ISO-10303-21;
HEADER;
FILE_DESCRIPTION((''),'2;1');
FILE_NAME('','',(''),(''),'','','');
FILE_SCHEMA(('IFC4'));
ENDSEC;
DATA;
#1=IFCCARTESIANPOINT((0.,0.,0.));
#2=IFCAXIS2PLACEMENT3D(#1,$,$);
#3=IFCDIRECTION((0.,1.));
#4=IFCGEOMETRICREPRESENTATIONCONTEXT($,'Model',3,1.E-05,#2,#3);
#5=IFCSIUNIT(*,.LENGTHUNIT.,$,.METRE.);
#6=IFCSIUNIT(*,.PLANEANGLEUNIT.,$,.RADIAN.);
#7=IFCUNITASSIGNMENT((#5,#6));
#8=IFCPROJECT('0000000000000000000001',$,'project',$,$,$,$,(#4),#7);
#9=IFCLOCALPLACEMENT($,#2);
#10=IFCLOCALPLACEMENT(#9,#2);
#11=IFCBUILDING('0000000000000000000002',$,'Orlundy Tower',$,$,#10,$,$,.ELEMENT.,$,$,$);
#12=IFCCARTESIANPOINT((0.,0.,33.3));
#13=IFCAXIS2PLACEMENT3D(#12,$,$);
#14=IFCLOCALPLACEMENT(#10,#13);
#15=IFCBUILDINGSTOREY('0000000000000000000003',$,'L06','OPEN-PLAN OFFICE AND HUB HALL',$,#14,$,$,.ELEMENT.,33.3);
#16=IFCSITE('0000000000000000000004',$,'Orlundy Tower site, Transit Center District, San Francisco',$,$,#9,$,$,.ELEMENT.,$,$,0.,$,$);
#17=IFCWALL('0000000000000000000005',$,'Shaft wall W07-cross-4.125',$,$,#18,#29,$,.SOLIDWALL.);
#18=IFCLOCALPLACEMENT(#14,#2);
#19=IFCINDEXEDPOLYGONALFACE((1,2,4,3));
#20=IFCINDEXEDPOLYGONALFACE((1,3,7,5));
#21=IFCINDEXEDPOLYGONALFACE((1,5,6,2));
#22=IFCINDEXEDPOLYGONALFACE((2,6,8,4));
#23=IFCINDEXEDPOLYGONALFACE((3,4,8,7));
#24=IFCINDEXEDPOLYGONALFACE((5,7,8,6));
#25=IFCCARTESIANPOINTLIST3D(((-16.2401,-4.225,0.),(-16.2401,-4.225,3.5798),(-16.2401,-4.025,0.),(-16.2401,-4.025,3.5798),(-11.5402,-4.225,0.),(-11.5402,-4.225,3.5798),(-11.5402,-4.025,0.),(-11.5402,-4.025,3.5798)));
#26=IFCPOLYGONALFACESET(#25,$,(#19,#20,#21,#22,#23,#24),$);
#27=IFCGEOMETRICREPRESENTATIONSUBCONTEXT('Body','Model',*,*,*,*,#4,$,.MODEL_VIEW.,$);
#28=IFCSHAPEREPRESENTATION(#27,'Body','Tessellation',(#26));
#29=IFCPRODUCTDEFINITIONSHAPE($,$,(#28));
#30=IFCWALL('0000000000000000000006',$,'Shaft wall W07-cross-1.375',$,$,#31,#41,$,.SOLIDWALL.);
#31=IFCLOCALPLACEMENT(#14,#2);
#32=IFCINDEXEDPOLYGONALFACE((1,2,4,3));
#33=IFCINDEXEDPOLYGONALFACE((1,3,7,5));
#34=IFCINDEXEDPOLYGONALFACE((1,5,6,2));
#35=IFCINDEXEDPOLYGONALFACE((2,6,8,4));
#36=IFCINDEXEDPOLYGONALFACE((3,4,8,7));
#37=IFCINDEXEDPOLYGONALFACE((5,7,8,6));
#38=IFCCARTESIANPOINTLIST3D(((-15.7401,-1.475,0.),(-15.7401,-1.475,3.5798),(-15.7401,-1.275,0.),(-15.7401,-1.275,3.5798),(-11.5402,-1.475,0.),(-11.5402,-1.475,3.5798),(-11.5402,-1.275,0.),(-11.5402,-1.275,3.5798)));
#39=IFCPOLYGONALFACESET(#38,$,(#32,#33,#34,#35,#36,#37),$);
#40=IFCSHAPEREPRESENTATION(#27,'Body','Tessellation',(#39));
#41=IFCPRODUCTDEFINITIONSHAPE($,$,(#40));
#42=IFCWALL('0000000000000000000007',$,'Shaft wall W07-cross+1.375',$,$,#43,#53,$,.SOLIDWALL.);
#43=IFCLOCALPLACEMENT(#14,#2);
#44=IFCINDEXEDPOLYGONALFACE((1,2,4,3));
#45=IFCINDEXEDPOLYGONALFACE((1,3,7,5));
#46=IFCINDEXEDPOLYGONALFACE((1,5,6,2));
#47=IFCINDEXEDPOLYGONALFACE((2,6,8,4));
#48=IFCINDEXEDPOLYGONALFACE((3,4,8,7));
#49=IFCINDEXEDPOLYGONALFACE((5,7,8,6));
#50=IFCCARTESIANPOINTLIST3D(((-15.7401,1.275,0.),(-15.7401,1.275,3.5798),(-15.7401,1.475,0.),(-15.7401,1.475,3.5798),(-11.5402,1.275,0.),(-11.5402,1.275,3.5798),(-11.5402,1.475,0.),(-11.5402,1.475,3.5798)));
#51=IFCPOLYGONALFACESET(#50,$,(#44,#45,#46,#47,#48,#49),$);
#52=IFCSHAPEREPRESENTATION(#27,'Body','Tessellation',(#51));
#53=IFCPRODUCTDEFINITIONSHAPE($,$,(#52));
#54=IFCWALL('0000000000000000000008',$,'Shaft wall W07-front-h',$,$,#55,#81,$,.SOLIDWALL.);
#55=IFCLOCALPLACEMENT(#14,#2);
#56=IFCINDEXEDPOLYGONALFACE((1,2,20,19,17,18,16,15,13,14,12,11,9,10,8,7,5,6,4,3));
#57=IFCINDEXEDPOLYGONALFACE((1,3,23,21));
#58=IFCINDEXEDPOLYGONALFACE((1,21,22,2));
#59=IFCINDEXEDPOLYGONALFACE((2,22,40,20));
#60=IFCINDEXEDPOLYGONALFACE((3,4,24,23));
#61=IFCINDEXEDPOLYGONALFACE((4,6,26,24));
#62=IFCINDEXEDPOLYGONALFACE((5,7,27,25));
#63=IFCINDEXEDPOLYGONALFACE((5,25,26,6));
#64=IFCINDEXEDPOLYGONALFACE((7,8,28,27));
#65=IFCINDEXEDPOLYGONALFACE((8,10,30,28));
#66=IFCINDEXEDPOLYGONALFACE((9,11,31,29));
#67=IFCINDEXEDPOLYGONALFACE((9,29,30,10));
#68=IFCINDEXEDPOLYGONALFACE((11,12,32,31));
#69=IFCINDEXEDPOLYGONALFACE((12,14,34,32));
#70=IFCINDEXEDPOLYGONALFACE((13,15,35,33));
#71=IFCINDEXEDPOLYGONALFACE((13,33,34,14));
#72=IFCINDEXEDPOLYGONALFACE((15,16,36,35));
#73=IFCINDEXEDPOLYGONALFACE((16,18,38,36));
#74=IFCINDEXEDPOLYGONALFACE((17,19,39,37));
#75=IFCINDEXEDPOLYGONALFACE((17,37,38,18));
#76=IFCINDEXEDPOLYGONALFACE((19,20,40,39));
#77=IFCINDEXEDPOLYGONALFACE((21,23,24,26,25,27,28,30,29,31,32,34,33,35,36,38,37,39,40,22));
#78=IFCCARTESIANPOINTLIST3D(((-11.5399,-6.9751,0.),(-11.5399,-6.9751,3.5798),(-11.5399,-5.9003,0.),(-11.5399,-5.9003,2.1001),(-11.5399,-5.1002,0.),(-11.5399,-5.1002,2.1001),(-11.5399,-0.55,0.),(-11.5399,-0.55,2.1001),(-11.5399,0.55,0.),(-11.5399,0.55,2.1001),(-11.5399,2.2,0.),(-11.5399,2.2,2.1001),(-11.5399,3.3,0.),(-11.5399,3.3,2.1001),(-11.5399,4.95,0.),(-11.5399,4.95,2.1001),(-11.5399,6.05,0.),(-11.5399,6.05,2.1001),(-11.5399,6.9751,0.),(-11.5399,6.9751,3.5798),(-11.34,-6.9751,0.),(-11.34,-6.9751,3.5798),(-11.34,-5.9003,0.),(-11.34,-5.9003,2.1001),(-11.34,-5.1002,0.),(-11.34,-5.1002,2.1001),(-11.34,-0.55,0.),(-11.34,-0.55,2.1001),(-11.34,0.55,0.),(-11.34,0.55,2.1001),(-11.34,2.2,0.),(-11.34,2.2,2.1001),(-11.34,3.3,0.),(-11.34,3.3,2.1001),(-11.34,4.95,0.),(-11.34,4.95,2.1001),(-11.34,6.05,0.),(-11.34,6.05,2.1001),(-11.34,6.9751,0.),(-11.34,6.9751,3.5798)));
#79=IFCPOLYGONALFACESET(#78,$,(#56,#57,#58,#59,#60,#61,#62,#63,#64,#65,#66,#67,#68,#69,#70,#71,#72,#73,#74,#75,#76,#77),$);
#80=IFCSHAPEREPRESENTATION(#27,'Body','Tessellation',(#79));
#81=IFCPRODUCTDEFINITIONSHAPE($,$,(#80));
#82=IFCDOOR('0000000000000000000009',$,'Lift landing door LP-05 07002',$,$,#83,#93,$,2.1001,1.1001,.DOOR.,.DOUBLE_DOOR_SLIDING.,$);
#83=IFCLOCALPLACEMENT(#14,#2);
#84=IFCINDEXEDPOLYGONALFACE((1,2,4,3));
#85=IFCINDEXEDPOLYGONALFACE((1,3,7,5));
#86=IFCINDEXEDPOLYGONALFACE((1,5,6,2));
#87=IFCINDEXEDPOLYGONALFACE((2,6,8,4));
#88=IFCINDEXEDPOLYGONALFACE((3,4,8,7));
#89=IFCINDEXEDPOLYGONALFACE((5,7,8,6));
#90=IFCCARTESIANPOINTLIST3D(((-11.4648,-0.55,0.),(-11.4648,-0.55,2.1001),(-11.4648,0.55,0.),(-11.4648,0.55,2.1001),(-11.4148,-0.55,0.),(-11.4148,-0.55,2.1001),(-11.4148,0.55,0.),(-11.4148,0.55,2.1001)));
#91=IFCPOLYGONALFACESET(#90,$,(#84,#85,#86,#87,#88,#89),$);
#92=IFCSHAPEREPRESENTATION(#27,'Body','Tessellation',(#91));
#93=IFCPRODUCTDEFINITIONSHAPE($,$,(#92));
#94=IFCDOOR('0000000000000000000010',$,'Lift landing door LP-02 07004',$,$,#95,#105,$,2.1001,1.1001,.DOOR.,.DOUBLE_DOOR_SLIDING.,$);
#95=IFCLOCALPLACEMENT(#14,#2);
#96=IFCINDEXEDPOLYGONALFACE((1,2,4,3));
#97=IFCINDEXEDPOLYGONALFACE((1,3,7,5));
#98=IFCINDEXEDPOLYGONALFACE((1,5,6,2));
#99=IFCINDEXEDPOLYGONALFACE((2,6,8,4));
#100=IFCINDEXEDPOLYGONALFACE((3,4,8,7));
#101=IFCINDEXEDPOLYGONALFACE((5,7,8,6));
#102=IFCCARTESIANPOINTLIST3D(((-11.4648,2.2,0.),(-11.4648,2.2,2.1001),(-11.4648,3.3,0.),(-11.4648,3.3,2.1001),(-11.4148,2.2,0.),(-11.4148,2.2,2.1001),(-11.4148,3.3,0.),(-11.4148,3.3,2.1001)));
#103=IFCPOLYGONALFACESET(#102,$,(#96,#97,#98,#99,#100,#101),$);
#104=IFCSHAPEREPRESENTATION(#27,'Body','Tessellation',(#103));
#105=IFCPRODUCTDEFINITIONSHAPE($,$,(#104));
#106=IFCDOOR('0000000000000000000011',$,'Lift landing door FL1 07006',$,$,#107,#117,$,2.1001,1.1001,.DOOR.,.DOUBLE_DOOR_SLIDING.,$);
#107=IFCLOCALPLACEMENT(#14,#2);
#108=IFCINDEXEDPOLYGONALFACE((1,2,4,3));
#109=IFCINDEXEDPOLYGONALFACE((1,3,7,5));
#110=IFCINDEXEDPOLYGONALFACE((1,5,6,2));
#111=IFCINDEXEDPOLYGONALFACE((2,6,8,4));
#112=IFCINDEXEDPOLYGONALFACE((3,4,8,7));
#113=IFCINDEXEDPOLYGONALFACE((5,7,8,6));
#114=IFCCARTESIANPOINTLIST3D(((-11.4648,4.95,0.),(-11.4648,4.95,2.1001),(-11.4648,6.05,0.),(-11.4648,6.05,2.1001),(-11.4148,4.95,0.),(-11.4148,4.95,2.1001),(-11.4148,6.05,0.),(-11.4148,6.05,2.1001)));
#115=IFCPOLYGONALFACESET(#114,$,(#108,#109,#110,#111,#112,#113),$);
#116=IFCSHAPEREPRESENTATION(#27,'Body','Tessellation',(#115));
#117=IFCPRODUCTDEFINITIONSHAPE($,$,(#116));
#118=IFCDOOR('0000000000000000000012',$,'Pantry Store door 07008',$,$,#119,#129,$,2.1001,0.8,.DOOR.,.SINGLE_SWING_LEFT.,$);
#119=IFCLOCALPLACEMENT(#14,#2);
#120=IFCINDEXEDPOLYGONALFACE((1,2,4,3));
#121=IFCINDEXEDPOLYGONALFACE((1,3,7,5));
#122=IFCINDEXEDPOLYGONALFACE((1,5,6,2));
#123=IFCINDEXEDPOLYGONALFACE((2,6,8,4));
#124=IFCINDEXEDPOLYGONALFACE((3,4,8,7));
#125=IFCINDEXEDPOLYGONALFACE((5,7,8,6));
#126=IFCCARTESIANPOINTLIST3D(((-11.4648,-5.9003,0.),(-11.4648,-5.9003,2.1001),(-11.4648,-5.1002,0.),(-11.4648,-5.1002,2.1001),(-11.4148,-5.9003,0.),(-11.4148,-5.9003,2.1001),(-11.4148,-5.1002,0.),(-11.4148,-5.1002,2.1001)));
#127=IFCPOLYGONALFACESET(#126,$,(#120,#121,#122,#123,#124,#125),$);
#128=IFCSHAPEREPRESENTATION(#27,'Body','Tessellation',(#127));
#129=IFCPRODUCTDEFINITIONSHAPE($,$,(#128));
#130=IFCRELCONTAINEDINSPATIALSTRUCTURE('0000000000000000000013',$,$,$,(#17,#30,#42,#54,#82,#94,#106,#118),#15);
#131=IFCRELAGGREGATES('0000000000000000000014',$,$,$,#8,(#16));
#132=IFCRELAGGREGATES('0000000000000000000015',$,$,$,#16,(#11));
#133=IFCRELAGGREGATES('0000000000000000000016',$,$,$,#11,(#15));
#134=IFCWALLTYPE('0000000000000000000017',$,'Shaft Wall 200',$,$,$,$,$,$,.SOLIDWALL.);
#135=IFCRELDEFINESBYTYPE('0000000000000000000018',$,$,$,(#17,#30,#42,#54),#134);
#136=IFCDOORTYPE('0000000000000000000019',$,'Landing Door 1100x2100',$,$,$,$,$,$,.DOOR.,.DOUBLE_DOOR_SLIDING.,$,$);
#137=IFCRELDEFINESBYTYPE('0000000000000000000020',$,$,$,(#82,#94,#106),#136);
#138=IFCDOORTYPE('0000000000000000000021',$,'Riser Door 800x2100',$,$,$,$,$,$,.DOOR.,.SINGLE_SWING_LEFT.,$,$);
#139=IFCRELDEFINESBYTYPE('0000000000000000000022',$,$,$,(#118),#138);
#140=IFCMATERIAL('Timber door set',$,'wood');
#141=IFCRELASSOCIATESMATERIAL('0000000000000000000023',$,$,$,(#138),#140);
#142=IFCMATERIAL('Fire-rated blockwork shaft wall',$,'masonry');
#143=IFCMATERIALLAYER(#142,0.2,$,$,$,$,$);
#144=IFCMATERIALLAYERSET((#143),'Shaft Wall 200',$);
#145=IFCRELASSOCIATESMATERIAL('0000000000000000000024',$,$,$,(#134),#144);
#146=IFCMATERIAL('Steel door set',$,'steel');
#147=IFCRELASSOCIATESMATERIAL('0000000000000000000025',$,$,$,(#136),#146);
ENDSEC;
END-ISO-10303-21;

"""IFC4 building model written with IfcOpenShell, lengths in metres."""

from ifc_helpers import new_model, si_unit, direction, frame, frame_2d, origin, place, context, subcontext, project, spatial, rectangle, extrude, material, layer, layer_set, type_object, element, fill, save


model = new_model("IFC4")

# Units and contexts
model_context = context("Model", 3, precision=1e-05, world=origin(), true_north=direction((0.0, 1.0)))
body_context = subcontext(model_context, "Body", "Model", "MODEL_VIEW")
ifc_project = project(units=[si_unit("LENGTHUNIT", "METRE"), si_unit("PLANEANGLEUNIT", "RADIAN")], contexts=[model_context])

# Site, building, storey
site_placement = place(None, origin())
site = spatial("IfcSite", under=ifc_project, at=site_placement, Name="Orlundy Tower site, Transit Center District, San Francisco", CompositionType="ELEMENT", RefElevation=0.0)
building_placement = place(site_placement, origin())
building = spatial("IfcBuilding", under=site, at=building_placement, Name="Orlundy Tower", CompositionType="ELEMENT")
storey_placement = place(building_placement, frame((0.0, 0.0, 33.3)))
storey = spatial("IfcBuildingStorey", under=building, at=storey_placement, Name="L06", Description="OPEN-PLAN OFFICE AND HUB HALL", CompositionType="ELEMENT", Elevation=33.3)

# Shared definitions
ifc_material_1 = material(Name="Timber door set", Category="wood")
door_type_1 = type_object("IfcDoorType", Name="Riser Door 800x2100", OperationType="SINGLE_SWING_LEFT", PredefinedType="DOOR", material=ifc_material_1)

# Walls
ifc_material_2 = material(Name="Fire-rated blockwork shaft wall", Category="masonry")
ifc_layer_1 = layer(ifc_material_2, 0.2)
ifc_layer_set_1 = layer_set([ifc_layer_1], Name="Shaft Wall 200")
wall_type_1 = type_object("IfcWallType", Name="Shaft Wall 200", PredefinedType="SOLIDWALL", material=ifc_layer_set_1)
wall_1_placement = place(storey_placement, frame((-11.54, -4.125, 0.0), z_axis=(0.0, 0.0, 1.0), x_axis=(-1.0, 0.0, 0.0)))
element("IfcWall", 1, at=wall_1_placement, inside=storey, type_object=wall_type_1, Name="Shaft wall W07-cross-4.125", PredefinedType="SOLIDWALL", context=body_context, shape_type="SweptSolid", body=[
    extrude(rectangle(XDim=4.7, YDim=0.2, at=frame_2d((2.3501, 0.0))), origin(), (0.0, 0.0, 1.0), 3.5798),
])
for number, where, z_axis, x_axis, name in (
    (2, (-11.54, -1.375, 0.0), (0.0, 0.0, 1.0), (-1.0, 0.0, 0.0), "Shaft wall W07-cross-1.375"),
    (3, (-11.54, 1.375, 0.0), (0.0, 0.0, 1.0), (-1.0, 0.0, 0.0), "Shaft wall W07-cross+1.375"),
):
    element("IfcWall", number, at=place(storey_placement, frame(where, z_axis=z_axis, x_axis=x_axis)), inside=storey, type_object=wall_type_1, Name=name, PredefinedType="SOLIDWALL", context=body_context, shape_type="SweptSolid", body=[
        extrude(rectangle(XDim=4.2, YDim=0.2, at=frame_2d((2.1001, 0.0))), origin(), (0.0, 0.0, 1.0), 3.5798),
    ])

# Wall, openings, doors
wall_2_placement = place(storey_placement, frame((-11.4399, -6.9751, 0.0), z_axis=(0.0, 0.0, 1.0), x_axis=(0.0, 1.0, 0.0)))
wall_2 = element("IfcWall", 4, at=wall_2_placement, inside=storey, type_object=wall_type_1, Name="Shaft wall W07-front-h", PredefinedType="SOLIDWALL", context=body_context, shape_type="SweptSolid", body=[
    extrude(rectangle(XDim=13.9502, YDim=0.2, at=frame_2d((6.9751, 0.0))), origin(), (0.0, 0.0, 1.0), 3.5798),
])
opening_1_placement = place(wall_2_placement, frame((6.425, 0.0, 0.0)))
opening_1 = element("IfcOpeningElement", 5, at=opening_1_placement, cuts=wall_2, PredefinedType="OPENING", context=body_context, shape_type="SweptSolid", body=[
    extrude(rectangle(XDim=1.1001, YDim=2.1001, at=frame_2d((0.55, 1.05))), frame((0.0, 0.1101, 0.0), z_axis=(0.0, -1.0, 0.0), x_axis=(1.0, 0.0, 0.0)), (0.0, 0.0, 1.0), 0.2202),
])
opening_2_placement = place(wall_2_placement, frame((9.175, 0.0, 0.0)))
opening_2 = element("IfcOpeningElement", 6, at=opening_2_placement, cuts=wall_2, PredefinedType="OPENING", context=body_context, shape_type="SweptSolid", body=[
    extrude(rectangle(XDim=1.1001, YDim=2.1001, at=frame_2d((0.55, 1.05))), frame((0.0, 0.1101, 0.0), z_axis=(0.0, -1.0, 0.0), x_axis=(1.0, 0.0, 0.0)), (0.0, 0.0, 1.0), 0.2202),
])
opening_3_placement = place(wall_2_placement, frame((11.925, 0.0, 0.0)))
opening_3 = element("IfcOpeningElement", 7, at=opening_3_placement, cuts=wall_2, PredefinedType="OPENING", context=body_context, shape_type="SweptSolid", body=[
    extrude(rectangle(XDim=1.1001, YDim=2.1001, at=frame_2d((0.55, 1.05))), frame((0.0, 0.1101, 0.0), z_axis=(0.0, -1.0, 0.0), x_axis=(1.0, 0.0, 0.0)), (0.0, 0.0, 1.0), 0.2202),
])
opening_4_placement = place(wall_2_placement, frame((1.075, 0.0, 0.0)))
opening_4 = element("IfcOpeningElement", 8, at=opening_4_placement, cuts=wall_2, PredefinedType="OPENING", context=body_context, shape_type="SweptSolid", body=[
    extrude(rectangle(XDim=0.8, YDim=2.1001, at=frame_2d((0.3999, 1.05))), frame((0.0, 0.1101, 0.0), z_axis=(0.0, -1.0, 0.0), x_axis=(1.0, 0.0, 0.0)), (0.0, 0.0, 1.0), 0.2202),
])
ifc_material_3 = material(Name="Steel door set", Category="steel")
door_type_2 = type_object("IfcDoorType", Name="Landing Door 1100x2100", OperationType="DOUBLE_DOOR_SLIDING", PredefinedType="DOOR", material=ifc_material_3)
door_1_placement = place(opening_1_placement, origin())
door_1 = element("IfcDoor", 9, at=door_1_placement, inside=storey, type_object=door_type_2, Name="Lift landing door LP-05 07002", OperationType="DOUBLE_DOOR_SLIDING", OverallHeight=2.1001, OverallWidth=1.1001, PredefinedType="DOOR", context=body_context, shape_type="SweptSolid", body=[
    extrude(rectangle(XDim=1.1001, YDim=2.1001, at=frame_2d((0.55, 1.05))), frame((0.0, 0.0249, 0.0), z_axis=(0.0, -1.0, 0.0), x_axis=(1.0, 0.0, 0.0)), (0.0, 0.0, 1.0), 0.05),
])
fill(opening_1, door_1)
door_2_placement = place(opening_2_placement, origin())
door_2 = element("IfcDoor", 10, at=door_2_placement, inside=storey, type_object=door_type_2, Name="Lift landing door LP-02 07004", OperationType="DOUBLE_DOOR_SLIDING", OverallHeight=2.1001, OverallWidth=1.1001, PredefinedType="DOOR", context=body_context, shape_type="SweptSolid", body=[
    extrude(rectangle(XDim=1.1001, YDim=2.1001, at=frame_2d((0.55, 1.05))), frame((0.0, 0.0249, 0.0), z_axis=(0.0, -1.0, 0.0), x_axis=(1.0, 0.0, 0.0)), (0.0, 0.0, 1.0), 0.05),
])
fill(opening_2, door_2)
door_3_placement = place(opening_3_placement, origin())
door_3 = element("IfcDoor", 11, at=door_3_placement, inside=storey, type_object=door_type_2, Name="Lift landing door FL1 07006", OperationType="DOUBLE_DOOR_SLIDING", OverallHeight=2.1001, OverallWidth=1.1001, PredefinedType="DOOR", context=body_context, shape_type="SweptSolid", body=[
    extrude(rectangle(XDim=1.1001, YDim=2.1001, at=frame_2d((0.55, 1.05))), frame((0.0, 0.0249, 0.0), z_axis=(0.0, -1.0, 0.0), x_axis=(1.0, 0.0, 0.0)), (0.0, 0.0, 1.0), 0.05),
])
fill(opening_3, door_3)
door_4_placement = place(opening_4_placement, origin())
door_4 = element("IfcDoor", 12, at=door_4_placement, inside=storey, type_object=door_type_1, Name="Pantry Store door 07008", OperationType="SINGLE_SWING_LEFT", OverallHeight=2.1001, OverallWidth=0.8, PredefinedType="DOOR", context=body_context, shape_type="SweptSolid", body=[
    extrude(rectangle(XDim=0.8, YDim=2.1001, at=frame_2d((0.3999, 1.05))), frame((0.0, 0.0249, 0.0), z_axis=(0.0, -1.0, 0.0), x_axis=(1.0, 0.0, 0.0)), (0.0, 0.0, 1.0), 0.05),
])
fill(opening_4, door_4)

save(model, "model.ifc")
